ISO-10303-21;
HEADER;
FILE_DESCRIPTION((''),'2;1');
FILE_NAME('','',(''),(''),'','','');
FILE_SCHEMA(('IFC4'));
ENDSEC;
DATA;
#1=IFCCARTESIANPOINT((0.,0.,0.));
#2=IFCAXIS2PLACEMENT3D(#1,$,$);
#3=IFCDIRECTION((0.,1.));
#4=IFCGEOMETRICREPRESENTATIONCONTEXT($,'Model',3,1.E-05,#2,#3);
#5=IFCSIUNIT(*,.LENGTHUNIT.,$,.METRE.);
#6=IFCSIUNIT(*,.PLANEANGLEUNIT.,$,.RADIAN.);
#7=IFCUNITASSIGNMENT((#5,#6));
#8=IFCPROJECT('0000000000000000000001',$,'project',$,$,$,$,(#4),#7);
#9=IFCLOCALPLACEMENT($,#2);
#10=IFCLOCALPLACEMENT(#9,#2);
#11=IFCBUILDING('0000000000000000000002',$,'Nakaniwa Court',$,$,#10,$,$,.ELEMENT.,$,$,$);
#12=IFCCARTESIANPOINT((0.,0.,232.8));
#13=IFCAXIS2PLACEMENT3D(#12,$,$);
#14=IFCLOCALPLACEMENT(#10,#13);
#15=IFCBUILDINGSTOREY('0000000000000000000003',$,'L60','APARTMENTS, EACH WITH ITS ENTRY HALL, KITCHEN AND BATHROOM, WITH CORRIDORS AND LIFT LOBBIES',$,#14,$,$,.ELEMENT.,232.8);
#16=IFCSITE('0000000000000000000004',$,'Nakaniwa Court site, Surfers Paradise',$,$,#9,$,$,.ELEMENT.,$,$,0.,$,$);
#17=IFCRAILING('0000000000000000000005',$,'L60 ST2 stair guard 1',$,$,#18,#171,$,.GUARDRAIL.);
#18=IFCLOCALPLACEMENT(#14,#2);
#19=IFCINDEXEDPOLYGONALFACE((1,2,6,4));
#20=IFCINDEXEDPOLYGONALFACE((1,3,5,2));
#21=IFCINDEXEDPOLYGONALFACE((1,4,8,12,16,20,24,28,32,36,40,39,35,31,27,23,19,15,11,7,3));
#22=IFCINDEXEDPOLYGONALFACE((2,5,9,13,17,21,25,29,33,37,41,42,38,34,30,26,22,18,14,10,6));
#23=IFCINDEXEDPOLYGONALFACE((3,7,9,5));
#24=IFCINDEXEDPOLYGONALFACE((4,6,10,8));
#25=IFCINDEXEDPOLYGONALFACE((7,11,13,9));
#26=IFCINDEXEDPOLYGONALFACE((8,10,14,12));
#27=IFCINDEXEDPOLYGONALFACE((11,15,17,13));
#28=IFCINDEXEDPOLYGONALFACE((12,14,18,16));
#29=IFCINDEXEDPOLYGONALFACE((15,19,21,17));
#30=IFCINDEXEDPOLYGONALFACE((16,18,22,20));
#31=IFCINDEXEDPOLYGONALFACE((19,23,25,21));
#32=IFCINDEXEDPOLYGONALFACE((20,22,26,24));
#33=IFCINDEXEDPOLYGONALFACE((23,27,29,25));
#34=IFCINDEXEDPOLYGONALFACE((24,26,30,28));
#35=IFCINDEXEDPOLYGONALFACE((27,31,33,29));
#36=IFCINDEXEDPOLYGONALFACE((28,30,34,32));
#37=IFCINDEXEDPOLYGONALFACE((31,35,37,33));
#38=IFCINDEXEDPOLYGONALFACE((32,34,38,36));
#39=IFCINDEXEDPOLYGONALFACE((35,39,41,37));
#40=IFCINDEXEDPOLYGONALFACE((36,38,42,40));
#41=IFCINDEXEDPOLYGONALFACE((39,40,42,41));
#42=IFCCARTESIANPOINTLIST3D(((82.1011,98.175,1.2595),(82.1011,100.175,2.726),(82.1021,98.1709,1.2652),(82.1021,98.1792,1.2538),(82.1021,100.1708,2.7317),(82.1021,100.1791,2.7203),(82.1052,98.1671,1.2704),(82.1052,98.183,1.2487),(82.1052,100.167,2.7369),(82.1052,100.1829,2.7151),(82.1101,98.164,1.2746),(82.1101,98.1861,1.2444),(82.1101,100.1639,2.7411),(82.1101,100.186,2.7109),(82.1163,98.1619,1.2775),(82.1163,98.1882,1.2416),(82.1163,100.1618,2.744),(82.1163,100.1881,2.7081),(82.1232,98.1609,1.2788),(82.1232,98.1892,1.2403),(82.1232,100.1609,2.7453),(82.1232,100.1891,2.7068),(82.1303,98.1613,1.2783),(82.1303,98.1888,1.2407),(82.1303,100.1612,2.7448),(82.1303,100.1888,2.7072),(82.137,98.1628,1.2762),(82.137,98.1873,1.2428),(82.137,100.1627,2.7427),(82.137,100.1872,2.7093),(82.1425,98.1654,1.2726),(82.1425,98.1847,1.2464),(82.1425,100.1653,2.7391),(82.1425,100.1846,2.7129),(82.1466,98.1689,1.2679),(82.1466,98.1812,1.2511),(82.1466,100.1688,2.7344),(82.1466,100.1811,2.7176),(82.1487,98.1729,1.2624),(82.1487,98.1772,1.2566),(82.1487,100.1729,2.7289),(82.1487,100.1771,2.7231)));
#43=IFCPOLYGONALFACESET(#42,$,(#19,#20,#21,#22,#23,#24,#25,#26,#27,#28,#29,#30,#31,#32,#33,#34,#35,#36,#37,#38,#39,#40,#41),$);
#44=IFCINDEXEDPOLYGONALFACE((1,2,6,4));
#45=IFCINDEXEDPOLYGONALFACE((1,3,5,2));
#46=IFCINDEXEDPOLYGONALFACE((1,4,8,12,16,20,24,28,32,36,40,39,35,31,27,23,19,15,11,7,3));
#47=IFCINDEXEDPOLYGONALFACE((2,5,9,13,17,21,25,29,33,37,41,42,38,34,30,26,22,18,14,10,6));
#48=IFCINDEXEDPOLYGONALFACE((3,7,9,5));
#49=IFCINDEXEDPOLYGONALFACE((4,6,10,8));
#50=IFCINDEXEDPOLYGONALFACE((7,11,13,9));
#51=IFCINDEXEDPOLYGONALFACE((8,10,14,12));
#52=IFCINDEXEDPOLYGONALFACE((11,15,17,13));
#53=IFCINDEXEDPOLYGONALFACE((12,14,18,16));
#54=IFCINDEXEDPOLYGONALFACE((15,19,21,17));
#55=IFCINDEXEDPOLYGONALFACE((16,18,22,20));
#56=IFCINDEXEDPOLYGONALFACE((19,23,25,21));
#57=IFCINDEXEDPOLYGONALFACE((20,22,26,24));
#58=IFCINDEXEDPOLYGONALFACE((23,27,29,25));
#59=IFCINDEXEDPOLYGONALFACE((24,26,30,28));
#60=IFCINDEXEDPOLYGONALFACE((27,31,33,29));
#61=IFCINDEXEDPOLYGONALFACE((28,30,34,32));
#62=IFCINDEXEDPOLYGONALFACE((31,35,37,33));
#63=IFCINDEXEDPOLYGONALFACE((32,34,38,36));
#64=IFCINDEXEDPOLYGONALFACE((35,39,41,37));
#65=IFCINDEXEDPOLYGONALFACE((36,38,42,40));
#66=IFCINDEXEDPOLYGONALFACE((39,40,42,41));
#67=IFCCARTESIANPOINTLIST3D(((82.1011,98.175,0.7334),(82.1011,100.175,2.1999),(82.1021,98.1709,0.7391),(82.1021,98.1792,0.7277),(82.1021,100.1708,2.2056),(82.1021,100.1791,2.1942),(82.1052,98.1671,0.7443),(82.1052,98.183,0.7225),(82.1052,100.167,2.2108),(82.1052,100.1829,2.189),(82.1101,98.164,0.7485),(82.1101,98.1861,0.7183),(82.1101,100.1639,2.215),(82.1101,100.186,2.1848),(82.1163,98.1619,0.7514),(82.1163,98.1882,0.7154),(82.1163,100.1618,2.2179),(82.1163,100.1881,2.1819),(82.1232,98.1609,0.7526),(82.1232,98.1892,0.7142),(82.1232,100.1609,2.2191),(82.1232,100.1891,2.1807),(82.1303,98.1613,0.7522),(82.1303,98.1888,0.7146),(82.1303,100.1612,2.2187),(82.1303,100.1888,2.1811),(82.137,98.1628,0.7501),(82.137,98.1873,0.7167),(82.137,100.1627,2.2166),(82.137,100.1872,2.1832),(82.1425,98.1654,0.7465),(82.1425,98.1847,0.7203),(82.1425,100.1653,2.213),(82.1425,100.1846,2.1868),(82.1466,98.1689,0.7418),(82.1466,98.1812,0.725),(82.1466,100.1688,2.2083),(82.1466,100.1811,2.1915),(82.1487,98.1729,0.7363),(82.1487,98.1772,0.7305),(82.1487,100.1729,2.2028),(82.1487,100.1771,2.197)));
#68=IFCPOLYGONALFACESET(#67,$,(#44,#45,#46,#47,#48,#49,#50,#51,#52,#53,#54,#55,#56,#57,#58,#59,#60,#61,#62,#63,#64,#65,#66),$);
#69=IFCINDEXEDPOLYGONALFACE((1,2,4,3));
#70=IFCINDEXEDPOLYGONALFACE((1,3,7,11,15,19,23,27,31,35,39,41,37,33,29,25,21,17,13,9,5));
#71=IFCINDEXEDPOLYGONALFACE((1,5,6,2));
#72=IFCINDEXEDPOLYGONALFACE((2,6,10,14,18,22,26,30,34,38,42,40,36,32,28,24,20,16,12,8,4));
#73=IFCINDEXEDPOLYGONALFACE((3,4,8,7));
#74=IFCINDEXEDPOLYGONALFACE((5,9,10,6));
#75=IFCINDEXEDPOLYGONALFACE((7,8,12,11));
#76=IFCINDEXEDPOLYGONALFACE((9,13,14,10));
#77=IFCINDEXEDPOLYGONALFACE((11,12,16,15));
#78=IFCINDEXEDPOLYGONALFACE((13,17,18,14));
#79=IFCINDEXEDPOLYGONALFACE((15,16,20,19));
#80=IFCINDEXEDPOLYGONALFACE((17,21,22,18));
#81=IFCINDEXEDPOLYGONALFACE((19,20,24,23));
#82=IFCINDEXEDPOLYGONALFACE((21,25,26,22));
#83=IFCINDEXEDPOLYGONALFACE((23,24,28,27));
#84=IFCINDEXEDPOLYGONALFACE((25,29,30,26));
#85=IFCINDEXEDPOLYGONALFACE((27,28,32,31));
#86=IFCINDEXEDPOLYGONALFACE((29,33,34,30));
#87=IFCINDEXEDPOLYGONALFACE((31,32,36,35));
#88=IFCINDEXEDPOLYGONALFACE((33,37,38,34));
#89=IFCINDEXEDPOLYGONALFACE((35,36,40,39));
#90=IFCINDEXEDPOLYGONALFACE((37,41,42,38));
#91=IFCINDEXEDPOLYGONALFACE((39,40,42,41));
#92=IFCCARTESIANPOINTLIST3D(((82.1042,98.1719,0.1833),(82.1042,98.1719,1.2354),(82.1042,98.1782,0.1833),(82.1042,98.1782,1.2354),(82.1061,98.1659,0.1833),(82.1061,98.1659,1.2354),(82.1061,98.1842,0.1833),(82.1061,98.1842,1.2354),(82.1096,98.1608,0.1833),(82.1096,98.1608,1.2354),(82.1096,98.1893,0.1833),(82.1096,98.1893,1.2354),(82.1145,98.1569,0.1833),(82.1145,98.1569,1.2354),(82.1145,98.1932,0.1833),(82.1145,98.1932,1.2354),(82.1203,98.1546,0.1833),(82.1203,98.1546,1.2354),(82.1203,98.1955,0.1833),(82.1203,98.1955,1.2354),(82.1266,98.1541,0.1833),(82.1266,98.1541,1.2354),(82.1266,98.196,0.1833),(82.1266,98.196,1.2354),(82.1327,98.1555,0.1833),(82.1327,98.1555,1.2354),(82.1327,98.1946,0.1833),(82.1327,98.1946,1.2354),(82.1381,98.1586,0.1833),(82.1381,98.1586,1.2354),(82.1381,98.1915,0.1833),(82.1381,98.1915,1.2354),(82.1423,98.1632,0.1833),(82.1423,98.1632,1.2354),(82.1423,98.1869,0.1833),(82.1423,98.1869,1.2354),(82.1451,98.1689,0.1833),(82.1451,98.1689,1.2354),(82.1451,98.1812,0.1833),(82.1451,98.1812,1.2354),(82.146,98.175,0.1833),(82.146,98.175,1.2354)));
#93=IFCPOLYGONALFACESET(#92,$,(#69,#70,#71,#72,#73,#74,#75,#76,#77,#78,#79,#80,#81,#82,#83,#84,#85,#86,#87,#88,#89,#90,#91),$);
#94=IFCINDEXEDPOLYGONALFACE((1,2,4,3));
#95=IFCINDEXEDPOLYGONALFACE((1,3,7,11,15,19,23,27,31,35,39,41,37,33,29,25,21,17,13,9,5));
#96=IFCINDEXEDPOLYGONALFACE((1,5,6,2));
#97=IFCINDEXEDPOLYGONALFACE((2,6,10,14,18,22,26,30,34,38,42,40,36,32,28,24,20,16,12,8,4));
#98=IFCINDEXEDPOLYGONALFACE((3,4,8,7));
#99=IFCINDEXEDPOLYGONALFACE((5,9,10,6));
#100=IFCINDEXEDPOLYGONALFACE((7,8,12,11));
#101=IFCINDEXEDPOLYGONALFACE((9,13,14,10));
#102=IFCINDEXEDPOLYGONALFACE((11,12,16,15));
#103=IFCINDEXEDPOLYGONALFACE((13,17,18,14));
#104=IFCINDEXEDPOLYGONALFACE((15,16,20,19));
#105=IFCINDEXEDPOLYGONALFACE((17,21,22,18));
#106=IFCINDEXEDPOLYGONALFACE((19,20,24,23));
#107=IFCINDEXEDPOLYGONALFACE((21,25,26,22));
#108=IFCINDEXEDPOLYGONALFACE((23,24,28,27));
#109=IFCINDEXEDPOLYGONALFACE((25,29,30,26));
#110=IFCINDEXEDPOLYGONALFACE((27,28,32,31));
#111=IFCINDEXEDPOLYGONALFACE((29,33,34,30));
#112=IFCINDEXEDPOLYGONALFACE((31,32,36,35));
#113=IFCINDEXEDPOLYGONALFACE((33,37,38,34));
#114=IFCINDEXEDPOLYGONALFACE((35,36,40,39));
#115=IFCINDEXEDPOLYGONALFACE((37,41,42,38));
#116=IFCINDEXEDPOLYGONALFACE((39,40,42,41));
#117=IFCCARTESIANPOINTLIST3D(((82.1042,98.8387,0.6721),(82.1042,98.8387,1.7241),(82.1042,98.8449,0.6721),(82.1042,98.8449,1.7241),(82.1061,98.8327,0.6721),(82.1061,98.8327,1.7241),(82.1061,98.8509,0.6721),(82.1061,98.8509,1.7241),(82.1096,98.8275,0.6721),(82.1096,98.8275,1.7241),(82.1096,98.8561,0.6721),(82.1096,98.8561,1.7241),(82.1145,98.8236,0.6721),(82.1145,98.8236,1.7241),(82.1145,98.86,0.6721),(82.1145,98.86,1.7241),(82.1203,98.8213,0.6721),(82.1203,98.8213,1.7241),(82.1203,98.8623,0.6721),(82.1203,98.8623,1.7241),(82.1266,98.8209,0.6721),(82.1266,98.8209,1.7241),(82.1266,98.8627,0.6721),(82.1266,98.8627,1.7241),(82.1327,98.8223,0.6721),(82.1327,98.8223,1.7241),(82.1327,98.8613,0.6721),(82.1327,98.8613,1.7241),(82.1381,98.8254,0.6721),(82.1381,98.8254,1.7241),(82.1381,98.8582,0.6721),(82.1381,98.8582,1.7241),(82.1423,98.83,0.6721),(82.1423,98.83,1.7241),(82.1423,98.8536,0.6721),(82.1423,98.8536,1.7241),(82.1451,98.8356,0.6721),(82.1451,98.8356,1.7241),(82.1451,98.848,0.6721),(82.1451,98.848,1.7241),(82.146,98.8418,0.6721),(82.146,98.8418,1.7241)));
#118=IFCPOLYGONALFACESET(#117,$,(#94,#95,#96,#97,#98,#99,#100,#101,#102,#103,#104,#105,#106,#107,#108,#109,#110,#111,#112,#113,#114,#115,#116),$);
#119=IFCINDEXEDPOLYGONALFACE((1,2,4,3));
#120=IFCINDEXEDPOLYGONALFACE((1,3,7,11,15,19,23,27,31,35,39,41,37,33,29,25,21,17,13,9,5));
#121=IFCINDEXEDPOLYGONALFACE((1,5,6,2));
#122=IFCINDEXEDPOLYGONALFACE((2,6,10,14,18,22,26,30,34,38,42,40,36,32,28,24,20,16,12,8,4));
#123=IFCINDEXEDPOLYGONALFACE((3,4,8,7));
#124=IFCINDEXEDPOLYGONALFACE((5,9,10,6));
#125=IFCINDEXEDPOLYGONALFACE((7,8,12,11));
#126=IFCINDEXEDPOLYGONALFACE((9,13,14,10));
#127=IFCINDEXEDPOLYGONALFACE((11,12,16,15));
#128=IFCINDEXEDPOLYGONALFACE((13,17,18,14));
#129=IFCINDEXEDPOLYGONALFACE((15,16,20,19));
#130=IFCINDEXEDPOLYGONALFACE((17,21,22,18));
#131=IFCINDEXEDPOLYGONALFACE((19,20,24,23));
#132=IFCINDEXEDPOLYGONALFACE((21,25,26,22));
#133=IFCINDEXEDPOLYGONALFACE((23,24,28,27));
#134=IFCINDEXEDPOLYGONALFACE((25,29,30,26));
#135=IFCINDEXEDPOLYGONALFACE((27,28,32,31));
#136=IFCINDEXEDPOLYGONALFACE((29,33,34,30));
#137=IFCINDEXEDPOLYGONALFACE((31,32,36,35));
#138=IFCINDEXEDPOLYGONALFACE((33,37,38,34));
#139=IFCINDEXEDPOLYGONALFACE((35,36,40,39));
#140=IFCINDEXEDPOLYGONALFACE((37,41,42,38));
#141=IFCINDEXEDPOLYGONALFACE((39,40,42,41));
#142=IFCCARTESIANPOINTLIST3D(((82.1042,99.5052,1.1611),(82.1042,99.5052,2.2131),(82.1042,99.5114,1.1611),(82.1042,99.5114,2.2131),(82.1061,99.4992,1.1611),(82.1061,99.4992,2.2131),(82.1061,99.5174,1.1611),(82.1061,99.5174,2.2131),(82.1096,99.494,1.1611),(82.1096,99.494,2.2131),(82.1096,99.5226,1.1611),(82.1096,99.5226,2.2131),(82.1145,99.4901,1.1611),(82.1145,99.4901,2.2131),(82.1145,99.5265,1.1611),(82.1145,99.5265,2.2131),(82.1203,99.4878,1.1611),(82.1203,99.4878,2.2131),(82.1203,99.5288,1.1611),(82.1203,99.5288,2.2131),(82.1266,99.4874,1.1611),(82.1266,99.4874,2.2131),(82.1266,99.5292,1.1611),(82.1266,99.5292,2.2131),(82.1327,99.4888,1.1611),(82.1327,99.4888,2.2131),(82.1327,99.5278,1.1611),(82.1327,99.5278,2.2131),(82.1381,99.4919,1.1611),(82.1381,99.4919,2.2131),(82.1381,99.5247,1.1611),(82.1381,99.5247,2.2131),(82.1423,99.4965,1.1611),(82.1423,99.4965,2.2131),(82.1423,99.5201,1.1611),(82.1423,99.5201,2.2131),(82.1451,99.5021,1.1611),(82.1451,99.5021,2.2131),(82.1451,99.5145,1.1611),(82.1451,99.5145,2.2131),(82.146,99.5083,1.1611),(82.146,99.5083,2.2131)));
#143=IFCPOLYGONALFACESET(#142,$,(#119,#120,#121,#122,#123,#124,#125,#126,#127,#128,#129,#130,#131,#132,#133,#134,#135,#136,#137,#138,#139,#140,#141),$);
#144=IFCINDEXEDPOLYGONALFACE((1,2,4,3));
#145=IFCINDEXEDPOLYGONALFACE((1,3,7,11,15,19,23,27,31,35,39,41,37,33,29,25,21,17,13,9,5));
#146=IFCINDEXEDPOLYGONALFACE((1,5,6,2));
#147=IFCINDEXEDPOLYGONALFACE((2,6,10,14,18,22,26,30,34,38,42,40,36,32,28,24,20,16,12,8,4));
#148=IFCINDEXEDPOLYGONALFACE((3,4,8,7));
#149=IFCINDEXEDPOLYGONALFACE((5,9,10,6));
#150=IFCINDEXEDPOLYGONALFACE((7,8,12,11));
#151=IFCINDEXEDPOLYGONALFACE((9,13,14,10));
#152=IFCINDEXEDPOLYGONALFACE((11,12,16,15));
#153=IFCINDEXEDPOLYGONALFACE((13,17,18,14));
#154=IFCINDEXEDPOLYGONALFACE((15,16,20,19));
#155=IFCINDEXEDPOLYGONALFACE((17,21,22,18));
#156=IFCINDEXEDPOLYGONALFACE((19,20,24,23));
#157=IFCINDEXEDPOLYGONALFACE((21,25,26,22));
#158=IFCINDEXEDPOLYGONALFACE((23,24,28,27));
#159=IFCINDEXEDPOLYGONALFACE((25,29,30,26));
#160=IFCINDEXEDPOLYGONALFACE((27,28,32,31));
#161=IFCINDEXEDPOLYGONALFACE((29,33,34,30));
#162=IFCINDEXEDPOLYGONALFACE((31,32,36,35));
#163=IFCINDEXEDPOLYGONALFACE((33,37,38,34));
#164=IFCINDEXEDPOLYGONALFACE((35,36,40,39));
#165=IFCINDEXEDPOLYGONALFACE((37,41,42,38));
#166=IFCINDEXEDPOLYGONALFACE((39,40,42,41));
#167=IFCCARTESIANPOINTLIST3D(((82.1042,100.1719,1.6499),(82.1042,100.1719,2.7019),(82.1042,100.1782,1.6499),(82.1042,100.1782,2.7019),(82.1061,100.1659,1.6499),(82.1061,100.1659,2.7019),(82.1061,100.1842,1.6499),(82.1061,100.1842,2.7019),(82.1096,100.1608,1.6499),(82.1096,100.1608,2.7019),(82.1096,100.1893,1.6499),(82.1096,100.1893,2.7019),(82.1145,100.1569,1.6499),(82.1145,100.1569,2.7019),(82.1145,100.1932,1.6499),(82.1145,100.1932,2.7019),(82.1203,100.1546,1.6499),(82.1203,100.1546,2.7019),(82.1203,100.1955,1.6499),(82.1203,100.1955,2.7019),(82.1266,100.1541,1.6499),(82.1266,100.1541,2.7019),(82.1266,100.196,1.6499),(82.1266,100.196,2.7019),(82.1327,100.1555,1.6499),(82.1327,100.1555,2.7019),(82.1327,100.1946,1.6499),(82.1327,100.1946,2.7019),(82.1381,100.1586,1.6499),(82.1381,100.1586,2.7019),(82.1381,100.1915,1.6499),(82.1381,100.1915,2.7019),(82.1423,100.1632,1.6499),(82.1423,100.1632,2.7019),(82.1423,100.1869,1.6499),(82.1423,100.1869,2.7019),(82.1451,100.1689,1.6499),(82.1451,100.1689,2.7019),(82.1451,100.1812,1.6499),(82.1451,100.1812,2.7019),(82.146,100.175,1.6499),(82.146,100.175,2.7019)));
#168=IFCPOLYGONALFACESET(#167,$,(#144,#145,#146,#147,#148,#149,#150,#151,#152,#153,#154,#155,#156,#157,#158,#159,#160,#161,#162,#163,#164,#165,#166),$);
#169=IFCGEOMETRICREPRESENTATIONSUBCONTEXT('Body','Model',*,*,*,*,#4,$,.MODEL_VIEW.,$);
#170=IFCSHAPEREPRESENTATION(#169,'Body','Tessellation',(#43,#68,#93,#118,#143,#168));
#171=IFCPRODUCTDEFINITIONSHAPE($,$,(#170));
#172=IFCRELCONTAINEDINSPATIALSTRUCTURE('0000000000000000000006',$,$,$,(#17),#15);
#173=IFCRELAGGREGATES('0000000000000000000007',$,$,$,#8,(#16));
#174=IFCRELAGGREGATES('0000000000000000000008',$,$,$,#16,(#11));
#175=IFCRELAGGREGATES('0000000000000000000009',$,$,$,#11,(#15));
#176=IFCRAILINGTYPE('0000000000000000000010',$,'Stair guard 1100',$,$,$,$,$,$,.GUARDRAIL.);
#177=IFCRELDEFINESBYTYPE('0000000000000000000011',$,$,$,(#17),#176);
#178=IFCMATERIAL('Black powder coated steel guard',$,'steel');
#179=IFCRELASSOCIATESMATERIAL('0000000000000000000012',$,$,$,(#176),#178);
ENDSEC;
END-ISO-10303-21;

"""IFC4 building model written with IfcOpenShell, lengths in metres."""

from ifc_helpers import new_model, si_unit, direction, frame, origin, origin_2d, place, context, subcontext, project, spatial, circle, extrude, material, type_object, element, save


model = new_model("IFC4")

# Units and contexts
model_context = context("Model", 3, precision=1e-05, world=origin(), true_north=direction((0.0, 1.0)))
body_context = subcontext(model_context, "Body", "Model", "MODEL_VIEW")
ifc_project = project(units=[si_unit("LENGTHUNIT", "METRE"), si_unit("PLANEANGLEUNIT", "RADIAN")], contexts=[model_context])

# Site, building, storey
site_placement = place(None, origin())
site = spatial("IfcSite", under=ifc_project, at=site_placement, Name="Nakaniwa Court site, Surfers Paradise", CompositionType="ELEMENT", RefElevation=0.0)
building_placement = place(site_placement, origin())
building = spatial("IfcBuilding", under=site, at=building_placement, Name="Nakaniwa Court", CompositionType="ELEMENT")
storey_placement = place(building_placement, frame((0.0, 0.0, 232.8)))
storey = spatial("IfcBuildingStorey", under=building, at=storey_placement, Name="L60", Description="APARTMENTS, EACH WITH ITS ENTRY HALL, KITCHEN AND BATHROOM, WITH CORRIDORS AND LIFT LOBBIES", CompositionType="ELEMENT", Elevation=232.8)

# Railing
ifc_material_1 = material(Name="Black powder coated steel guard", Category="steel")
railing_type_1 = type_object("IfcRailingType", Name="Stair guard 1100", PredefinedType="GUARDRAIL", material=ifc_material_1)
railing_1_placement = place(storey_placement, frame((82.125, 98.175, 0.1833)))
element("IfcRailing", 1, at=railing_1_placement, inside=storey, type_object=railing_type_1, Name="L60 ST2 stair guard 1", PredefinedType="GUARDRAIL", context=body_context, shape_type="SweptSolid", body=[
    extrude(circle(Radius=0.0239, at=origin_2d()), frame((0.0, 0.0, 1.0762), z_axis=(0.0, 0.806427, 0.591334), x_axis=(-1.0, 0.0, 0.0)), (0.0, 0.0, 1.0), 2.48),
    extrude(circle(Radius=0.0239, at=origin_2d()), frame((0.0, 0.0, 0.55), z_axis=(0.0, 0.806427, 0.591334), x_axis=(-1.0, 0.0, 0.0)), (0.0, 0.0, 1.0), 2.48),
    extrude(circle(Radius=0.021, at=origin_2d()), origin(), (0.0, 0.0, 1.0), 1.052),
    extrude(circle(Radius=0.021, at=origin_2d()), frame((0.0, 0.6667, 0.4888)), (0.0, 0.0, 1.0), 1.052),
    extrude(circle(Radius=0.021, at=origin_2d()), frame((0.0, 1.3333, 0.9778)), (0.0, 0.0, 1.0), 1.052),
    extrude(circle(Radius=0.021, at=origin_2d()), frame((0.0, 2.0, 1.4666)), (0.0, 0.0, 1.0), 1.052),
])

save(model, "model.ifc")
